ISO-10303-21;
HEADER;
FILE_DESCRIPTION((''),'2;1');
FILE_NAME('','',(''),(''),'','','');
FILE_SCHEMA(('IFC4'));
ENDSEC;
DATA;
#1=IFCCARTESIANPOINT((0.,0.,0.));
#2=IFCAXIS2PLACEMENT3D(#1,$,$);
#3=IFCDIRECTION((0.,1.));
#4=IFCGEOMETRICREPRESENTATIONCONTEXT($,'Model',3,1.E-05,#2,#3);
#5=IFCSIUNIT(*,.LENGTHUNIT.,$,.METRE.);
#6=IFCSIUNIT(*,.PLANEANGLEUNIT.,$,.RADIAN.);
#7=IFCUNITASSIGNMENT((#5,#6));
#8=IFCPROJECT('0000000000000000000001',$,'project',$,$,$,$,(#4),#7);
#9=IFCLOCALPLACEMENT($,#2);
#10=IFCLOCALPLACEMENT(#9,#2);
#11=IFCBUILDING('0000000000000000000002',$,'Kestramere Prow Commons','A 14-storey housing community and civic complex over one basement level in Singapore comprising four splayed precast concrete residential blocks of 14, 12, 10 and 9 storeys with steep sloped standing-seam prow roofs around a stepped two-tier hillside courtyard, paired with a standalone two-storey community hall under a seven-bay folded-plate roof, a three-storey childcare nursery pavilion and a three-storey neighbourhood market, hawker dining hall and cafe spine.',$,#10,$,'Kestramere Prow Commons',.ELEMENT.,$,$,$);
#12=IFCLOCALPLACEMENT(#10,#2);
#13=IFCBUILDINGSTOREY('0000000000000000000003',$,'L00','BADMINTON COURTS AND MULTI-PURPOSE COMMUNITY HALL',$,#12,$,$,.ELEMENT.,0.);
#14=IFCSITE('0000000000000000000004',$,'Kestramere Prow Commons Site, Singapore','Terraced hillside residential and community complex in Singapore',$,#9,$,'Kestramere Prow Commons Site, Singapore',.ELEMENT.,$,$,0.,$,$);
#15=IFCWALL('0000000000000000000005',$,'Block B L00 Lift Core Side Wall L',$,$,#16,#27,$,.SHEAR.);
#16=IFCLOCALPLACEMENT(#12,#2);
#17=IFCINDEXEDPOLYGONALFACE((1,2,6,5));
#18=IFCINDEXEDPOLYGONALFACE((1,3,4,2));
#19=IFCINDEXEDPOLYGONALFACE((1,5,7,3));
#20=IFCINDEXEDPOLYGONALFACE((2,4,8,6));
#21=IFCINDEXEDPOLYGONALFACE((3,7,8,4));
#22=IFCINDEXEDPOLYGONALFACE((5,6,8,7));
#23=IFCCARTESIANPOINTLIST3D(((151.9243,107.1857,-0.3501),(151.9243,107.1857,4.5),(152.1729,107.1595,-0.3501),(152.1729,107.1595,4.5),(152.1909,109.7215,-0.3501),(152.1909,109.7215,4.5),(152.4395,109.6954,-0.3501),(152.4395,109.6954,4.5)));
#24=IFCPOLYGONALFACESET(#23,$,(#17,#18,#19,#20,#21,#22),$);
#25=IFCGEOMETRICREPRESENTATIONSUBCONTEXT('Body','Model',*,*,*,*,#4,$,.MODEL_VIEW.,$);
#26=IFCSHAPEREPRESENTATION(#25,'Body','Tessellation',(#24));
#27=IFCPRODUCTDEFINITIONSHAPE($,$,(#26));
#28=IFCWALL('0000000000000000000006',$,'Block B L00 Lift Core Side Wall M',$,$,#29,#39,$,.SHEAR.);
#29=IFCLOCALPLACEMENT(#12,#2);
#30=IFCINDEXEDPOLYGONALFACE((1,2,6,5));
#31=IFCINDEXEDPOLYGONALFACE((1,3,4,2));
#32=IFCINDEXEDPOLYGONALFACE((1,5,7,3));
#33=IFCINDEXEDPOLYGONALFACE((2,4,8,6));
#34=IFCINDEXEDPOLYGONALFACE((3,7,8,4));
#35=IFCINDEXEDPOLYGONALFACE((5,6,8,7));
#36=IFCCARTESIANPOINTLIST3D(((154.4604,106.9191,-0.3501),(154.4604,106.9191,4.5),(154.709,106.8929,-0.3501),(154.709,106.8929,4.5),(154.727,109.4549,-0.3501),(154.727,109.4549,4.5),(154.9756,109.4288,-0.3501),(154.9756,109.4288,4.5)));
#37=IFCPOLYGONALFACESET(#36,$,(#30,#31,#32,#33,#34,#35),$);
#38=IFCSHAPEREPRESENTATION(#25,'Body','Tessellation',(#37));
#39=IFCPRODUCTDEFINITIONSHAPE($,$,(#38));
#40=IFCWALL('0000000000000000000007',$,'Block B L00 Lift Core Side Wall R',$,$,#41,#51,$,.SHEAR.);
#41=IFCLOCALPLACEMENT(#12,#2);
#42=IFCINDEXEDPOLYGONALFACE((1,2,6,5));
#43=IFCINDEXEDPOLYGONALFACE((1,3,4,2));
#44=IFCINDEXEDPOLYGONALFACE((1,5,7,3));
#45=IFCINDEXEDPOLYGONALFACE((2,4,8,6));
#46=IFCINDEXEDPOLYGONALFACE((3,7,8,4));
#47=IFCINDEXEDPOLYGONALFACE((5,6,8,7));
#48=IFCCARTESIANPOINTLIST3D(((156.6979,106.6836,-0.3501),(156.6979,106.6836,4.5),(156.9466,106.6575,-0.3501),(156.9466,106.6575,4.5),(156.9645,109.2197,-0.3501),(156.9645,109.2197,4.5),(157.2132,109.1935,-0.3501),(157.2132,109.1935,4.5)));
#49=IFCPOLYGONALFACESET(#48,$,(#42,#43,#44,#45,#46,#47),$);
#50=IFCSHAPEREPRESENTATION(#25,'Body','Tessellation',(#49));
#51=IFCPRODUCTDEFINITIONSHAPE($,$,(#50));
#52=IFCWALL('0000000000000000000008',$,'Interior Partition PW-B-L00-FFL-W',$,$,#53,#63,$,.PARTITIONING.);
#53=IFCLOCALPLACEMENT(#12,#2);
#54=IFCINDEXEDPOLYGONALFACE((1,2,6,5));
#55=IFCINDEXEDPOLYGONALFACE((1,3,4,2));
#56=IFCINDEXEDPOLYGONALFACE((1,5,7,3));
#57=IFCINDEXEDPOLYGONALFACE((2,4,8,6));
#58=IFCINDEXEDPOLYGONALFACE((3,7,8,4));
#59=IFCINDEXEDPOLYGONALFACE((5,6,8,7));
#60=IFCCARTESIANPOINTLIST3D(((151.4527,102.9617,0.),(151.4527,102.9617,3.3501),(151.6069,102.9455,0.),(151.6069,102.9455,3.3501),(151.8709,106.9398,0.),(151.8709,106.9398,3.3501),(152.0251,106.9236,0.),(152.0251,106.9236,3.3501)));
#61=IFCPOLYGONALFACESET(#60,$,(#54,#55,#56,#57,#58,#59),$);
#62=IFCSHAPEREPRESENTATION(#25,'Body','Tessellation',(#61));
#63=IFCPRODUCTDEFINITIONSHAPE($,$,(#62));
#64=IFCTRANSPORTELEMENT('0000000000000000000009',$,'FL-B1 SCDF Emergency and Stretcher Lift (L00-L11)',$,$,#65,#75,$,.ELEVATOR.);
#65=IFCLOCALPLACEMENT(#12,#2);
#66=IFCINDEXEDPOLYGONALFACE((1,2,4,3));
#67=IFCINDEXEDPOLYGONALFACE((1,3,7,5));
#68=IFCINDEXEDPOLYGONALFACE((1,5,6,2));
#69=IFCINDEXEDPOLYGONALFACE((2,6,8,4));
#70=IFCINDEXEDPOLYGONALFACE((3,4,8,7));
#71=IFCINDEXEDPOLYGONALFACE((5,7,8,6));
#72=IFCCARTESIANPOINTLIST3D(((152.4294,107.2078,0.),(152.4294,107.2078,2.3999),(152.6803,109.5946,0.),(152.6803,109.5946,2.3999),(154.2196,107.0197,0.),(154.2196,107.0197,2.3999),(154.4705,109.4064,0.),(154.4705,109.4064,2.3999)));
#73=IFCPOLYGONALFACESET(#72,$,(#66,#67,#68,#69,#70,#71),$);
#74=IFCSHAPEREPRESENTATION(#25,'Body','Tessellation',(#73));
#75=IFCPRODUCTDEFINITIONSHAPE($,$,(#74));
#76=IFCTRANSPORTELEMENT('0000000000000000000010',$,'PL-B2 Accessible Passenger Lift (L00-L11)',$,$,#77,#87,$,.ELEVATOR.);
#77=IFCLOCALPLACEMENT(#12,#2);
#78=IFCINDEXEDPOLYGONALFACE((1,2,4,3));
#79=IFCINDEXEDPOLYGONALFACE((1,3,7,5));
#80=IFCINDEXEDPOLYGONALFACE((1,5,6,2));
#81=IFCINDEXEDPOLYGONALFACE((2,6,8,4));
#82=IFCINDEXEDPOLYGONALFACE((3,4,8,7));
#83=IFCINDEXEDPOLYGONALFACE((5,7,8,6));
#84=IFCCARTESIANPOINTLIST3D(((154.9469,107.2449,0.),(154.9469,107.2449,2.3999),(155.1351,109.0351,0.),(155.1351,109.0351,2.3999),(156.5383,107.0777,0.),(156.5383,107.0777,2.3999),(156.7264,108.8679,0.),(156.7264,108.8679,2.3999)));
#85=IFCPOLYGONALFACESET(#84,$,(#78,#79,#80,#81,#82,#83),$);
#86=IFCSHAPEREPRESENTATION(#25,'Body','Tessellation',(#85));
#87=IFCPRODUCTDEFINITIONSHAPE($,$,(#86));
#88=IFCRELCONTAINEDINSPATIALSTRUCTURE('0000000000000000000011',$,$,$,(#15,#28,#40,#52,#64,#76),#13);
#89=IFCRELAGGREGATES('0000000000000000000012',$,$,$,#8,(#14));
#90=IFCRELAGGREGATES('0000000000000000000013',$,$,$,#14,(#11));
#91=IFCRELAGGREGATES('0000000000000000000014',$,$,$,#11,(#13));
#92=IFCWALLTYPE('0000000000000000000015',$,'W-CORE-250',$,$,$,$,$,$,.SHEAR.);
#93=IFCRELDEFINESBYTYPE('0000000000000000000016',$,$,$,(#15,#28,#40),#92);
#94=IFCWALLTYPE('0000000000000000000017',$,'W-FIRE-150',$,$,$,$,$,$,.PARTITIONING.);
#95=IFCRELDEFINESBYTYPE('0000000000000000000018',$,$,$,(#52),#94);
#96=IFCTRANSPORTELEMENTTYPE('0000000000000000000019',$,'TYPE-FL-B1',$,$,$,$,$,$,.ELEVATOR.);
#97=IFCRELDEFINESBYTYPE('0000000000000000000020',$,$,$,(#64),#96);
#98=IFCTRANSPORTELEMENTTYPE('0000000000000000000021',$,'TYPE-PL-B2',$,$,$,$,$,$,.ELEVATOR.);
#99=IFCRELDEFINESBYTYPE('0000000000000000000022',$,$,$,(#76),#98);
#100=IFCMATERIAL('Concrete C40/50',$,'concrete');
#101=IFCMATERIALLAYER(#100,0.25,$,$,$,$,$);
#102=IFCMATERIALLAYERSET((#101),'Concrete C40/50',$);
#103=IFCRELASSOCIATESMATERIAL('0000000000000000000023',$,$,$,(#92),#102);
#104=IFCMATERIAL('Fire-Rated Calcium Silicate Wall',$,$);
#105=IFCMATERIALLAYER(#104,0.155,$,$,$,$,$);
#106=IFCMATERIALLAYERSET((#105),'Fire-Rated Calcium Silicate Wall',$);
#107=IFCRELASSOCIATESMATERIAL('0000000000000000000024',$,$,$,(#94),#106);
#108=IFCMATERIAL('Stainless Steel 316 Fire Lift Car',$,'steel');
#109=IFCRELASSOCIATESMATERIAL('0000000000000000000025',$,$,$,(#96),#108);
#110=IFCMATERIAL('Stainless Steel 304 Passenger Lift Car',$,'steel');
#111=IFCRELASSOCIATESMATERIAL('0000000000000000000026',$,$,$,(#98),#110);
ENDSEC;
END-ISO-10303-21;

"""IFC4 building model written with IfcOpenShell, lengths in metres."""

from ifc_helpers import new_model, si_unit, direction, frame, frame_2d, origin, origin_2d, place, context, subcontext, project, spatial, rectangle, extrude, material, layer, layer_set, type_object, element, save


model = new_model("IFC4")

# Units and contexts
model_context = context("Model", 3, precision=1e-05, world=origin(), true_north=direction((0.0, 1.0)))
body_context = subcontext(model_context, "Body", "Model", "MODEL_VIEW")
ifc_project = project(units=[si_unit("LENGTHUNIT", "METRE"), si_unit("PLANEANGLEUNIT", "RADIAN")], contexts=[model_context])

# Site, building, storey
site_placement = place(None, origin())
site = spatial("IfcSite", under=ifc_project, at=site_placement, Name="Kestramere Prow Commons Site, Singapore", Description="Terraced hillside residential and community complex in Singapore", LongName="Kestramere Prow Commons Site, Singapore", CompositionType="ELEMENT", RefElevation=0.0)
building_placement = place(site_placement, origin())
building = spatial("IfcBuilding", under=site, at=building_placement, Name="Kestramere Prow Commons", Description="A 14-storey housing community and civic complex over one basement level in Singapore comprising four splayed precast concrete residential blocks of 14, 12, 10 and 9 storeys with steep sloped standing-seam prow roofs around a stepped two-tier hillside courtyard, paired with a standalone two-storey community hall under a seven-bay folded-plate roof, a three-storey childcare nursery pavilion and a three-storey neighbourhood market, hawker dining hall and cafe spine.", LongName="Kestramere Prow Commons", CompositionType="ELEMENT")
storey_placement = place(building_placement, origin())
storey = spatial("IfcBuildingStorey", under=building, at=storey_placement, Name="L00", Description="BADMINTON COURTS AND MULTI-PURPOSE COMMUNITY HALL", CompositionType="ELEMENT", Elevation=0.0)

# Shared definitions
ifc_material_1 = material(Name="Concrete C40/50", Category="concrete")
ifc_layer_1 = layer(ifc_material_1, 0.25)
ifc_layer_set_1 = layer_set([ifc_layer_1], Name="Concrete C40/50")
wall_type_1 = type_object("IfcWallType", Name="W-CORE-250", PredefinedType="SHEAR", material=ifc_layer_set_1)

# Walls
for number, where, z_axis, x_axis, name in (
    (1, (152.0486, 107.1726, -0.3501), (0.0, 0.0, 1.0), (0.104555, 0.994519, 0.0), "Block B L00 Lift Core Side Wall L"),
    (2, (154.5847, 106.906, -0.3501), (0.0, 0.0, 1.0), (0.104555, 0.994519, 0.0), "Block B L00 Lift Core Side Wall M"),
):
    element("IfcWall", number, at=place(storey_placement, frame(where, z_axis=z_axis, x_axis=x_axis)), inside=storey, type_object=wall_type_1, Name=name, PredefinedType="SHEAR", context=body_context, shape_type="SweptSolid", body=[
        extrude(rectangle(XDim=2.5498, YDim=0.25, at=frame_2d((1.2749, 0.0))), origin(), (0.0, 0.0, 1.0), 4.8501),
    ])
wall_1_placement = place(storey_placement, frame((156.8223, 106.6707, -0.3501), z_axis=(0.0, 0.0, 1.0), x_axis=(0.104545, 0.99452, 0.0)))
element("IfcWall", 3, at=wall_1_placement, inside=storey, type_object=wall_type_1, Name="Block B L00 Lift Core Side Wall R", PredefinedType="SHEAR", context=body_context, shape_type="SweptSolid", body=[
    extrude(rectangle(XDim=2.55, YDim=0.25, at=frame_2d((1.2749, 0.0))), origin(), (0.0, 0.0, 1.0), 4.8501),
])
ifc_material_2 = material(Name="Fire-Rated Calcium Silicate Wall")
ifc_layer_2 = layer(ifc_material_2, 0.155)
ifc_layer_set_2 = layer_set([ifc_layer_2], Name="Fire-Rated Calcium Silicate Wall")
wall_type_2 = type_object("IfcWallType", Name="W-FIRE-150", PredefinedType="PARTITIONING", material=ifc_layer_set_2)
wall_2_placement = place(storey_placement, frame((151.5298, 102.9536, 0.0), z_axis=(0.0, 0.0, 1.0), x_axis=(0.104555, 0.994519, 0.0)))
element("IfcWall", 4, at=wall_2_placement, inside=storey, type_object=wall_type_2, Name="Interior Partition PW-B-L00-FFL-W", PredefinedType="PARTITIONING", context=body_context, shape_type="SweptSolid", body=[
    extrude(rectangle(XDim=4.0, YDim=0.155, at=frame_2d((2.0, 0.0))), origin(), (0.0, 0.0, 1.0), 3.3501),
])

# Transport elements
ifc_material_3 = material(Name="Stainless Steel 316 Fire Lift Car", Category="steel")
transport_element_type_1 = type_object("IfcTransportElementType", Name="TYPE-FL-B1", PredefinedType="ELEVATOR", material=ifc_material_3)
transport_element_1_placement = place(storey_placement, frame((153.45, 108.3071, 0.0), z_axis=(0.0, 0.0, 1.0), x_axis=(0.994522, -0.104528, 0.0)))
element("IfcTransportElement", 5, at=transport_element_1_placement, inside=storey, type_object=transport_element_type_1, Name="FL-B1 SCDF Emergency and Stretcher Lift (L00-L11)", PredefinedType="ELEVATOR", context=body_context, shape_type="SweptSolid", body=[
    extrude(rectangle(XDim=1.8, YDim=2.3999, at=origin_2d()), origin(), (0.0, 0.0, 1.0), 2.3999),
])
ifc_material_4 = material(Name="Stainless Steel 304 Passenger Lift Car", Category="steel")
transport_element_type_2 = type_object("IfcTransportElementType", Name="TYPE-PL-B2", PredefinedType="ELEVATOR", material=ifc_material_4)
transport_element_2_placement = place(storey_placement, frame((155.8367, 108.0564, 0.0), z_axis=(0.0, 0.0, 1.0), x_axis=(0.994522, -0.104528, 0.0)))
element("IfcTransportElement", 6, at=transport_element_2_placement, inside=storey, type_object=transport_element_type_2, Name="PL-B2 Accessible Passenger Lift (L00-L11)", PredefinedType="ELEVATOR", context=body_context, shape_type="SweptSolid", body=[
    extrude(rectangle(XDim=1.6001, YDim=1.8, at=origin_2d()), origin(), (0.0, 0.0, 1.0), 2.3999),
])

save(model, "model.ifc")
